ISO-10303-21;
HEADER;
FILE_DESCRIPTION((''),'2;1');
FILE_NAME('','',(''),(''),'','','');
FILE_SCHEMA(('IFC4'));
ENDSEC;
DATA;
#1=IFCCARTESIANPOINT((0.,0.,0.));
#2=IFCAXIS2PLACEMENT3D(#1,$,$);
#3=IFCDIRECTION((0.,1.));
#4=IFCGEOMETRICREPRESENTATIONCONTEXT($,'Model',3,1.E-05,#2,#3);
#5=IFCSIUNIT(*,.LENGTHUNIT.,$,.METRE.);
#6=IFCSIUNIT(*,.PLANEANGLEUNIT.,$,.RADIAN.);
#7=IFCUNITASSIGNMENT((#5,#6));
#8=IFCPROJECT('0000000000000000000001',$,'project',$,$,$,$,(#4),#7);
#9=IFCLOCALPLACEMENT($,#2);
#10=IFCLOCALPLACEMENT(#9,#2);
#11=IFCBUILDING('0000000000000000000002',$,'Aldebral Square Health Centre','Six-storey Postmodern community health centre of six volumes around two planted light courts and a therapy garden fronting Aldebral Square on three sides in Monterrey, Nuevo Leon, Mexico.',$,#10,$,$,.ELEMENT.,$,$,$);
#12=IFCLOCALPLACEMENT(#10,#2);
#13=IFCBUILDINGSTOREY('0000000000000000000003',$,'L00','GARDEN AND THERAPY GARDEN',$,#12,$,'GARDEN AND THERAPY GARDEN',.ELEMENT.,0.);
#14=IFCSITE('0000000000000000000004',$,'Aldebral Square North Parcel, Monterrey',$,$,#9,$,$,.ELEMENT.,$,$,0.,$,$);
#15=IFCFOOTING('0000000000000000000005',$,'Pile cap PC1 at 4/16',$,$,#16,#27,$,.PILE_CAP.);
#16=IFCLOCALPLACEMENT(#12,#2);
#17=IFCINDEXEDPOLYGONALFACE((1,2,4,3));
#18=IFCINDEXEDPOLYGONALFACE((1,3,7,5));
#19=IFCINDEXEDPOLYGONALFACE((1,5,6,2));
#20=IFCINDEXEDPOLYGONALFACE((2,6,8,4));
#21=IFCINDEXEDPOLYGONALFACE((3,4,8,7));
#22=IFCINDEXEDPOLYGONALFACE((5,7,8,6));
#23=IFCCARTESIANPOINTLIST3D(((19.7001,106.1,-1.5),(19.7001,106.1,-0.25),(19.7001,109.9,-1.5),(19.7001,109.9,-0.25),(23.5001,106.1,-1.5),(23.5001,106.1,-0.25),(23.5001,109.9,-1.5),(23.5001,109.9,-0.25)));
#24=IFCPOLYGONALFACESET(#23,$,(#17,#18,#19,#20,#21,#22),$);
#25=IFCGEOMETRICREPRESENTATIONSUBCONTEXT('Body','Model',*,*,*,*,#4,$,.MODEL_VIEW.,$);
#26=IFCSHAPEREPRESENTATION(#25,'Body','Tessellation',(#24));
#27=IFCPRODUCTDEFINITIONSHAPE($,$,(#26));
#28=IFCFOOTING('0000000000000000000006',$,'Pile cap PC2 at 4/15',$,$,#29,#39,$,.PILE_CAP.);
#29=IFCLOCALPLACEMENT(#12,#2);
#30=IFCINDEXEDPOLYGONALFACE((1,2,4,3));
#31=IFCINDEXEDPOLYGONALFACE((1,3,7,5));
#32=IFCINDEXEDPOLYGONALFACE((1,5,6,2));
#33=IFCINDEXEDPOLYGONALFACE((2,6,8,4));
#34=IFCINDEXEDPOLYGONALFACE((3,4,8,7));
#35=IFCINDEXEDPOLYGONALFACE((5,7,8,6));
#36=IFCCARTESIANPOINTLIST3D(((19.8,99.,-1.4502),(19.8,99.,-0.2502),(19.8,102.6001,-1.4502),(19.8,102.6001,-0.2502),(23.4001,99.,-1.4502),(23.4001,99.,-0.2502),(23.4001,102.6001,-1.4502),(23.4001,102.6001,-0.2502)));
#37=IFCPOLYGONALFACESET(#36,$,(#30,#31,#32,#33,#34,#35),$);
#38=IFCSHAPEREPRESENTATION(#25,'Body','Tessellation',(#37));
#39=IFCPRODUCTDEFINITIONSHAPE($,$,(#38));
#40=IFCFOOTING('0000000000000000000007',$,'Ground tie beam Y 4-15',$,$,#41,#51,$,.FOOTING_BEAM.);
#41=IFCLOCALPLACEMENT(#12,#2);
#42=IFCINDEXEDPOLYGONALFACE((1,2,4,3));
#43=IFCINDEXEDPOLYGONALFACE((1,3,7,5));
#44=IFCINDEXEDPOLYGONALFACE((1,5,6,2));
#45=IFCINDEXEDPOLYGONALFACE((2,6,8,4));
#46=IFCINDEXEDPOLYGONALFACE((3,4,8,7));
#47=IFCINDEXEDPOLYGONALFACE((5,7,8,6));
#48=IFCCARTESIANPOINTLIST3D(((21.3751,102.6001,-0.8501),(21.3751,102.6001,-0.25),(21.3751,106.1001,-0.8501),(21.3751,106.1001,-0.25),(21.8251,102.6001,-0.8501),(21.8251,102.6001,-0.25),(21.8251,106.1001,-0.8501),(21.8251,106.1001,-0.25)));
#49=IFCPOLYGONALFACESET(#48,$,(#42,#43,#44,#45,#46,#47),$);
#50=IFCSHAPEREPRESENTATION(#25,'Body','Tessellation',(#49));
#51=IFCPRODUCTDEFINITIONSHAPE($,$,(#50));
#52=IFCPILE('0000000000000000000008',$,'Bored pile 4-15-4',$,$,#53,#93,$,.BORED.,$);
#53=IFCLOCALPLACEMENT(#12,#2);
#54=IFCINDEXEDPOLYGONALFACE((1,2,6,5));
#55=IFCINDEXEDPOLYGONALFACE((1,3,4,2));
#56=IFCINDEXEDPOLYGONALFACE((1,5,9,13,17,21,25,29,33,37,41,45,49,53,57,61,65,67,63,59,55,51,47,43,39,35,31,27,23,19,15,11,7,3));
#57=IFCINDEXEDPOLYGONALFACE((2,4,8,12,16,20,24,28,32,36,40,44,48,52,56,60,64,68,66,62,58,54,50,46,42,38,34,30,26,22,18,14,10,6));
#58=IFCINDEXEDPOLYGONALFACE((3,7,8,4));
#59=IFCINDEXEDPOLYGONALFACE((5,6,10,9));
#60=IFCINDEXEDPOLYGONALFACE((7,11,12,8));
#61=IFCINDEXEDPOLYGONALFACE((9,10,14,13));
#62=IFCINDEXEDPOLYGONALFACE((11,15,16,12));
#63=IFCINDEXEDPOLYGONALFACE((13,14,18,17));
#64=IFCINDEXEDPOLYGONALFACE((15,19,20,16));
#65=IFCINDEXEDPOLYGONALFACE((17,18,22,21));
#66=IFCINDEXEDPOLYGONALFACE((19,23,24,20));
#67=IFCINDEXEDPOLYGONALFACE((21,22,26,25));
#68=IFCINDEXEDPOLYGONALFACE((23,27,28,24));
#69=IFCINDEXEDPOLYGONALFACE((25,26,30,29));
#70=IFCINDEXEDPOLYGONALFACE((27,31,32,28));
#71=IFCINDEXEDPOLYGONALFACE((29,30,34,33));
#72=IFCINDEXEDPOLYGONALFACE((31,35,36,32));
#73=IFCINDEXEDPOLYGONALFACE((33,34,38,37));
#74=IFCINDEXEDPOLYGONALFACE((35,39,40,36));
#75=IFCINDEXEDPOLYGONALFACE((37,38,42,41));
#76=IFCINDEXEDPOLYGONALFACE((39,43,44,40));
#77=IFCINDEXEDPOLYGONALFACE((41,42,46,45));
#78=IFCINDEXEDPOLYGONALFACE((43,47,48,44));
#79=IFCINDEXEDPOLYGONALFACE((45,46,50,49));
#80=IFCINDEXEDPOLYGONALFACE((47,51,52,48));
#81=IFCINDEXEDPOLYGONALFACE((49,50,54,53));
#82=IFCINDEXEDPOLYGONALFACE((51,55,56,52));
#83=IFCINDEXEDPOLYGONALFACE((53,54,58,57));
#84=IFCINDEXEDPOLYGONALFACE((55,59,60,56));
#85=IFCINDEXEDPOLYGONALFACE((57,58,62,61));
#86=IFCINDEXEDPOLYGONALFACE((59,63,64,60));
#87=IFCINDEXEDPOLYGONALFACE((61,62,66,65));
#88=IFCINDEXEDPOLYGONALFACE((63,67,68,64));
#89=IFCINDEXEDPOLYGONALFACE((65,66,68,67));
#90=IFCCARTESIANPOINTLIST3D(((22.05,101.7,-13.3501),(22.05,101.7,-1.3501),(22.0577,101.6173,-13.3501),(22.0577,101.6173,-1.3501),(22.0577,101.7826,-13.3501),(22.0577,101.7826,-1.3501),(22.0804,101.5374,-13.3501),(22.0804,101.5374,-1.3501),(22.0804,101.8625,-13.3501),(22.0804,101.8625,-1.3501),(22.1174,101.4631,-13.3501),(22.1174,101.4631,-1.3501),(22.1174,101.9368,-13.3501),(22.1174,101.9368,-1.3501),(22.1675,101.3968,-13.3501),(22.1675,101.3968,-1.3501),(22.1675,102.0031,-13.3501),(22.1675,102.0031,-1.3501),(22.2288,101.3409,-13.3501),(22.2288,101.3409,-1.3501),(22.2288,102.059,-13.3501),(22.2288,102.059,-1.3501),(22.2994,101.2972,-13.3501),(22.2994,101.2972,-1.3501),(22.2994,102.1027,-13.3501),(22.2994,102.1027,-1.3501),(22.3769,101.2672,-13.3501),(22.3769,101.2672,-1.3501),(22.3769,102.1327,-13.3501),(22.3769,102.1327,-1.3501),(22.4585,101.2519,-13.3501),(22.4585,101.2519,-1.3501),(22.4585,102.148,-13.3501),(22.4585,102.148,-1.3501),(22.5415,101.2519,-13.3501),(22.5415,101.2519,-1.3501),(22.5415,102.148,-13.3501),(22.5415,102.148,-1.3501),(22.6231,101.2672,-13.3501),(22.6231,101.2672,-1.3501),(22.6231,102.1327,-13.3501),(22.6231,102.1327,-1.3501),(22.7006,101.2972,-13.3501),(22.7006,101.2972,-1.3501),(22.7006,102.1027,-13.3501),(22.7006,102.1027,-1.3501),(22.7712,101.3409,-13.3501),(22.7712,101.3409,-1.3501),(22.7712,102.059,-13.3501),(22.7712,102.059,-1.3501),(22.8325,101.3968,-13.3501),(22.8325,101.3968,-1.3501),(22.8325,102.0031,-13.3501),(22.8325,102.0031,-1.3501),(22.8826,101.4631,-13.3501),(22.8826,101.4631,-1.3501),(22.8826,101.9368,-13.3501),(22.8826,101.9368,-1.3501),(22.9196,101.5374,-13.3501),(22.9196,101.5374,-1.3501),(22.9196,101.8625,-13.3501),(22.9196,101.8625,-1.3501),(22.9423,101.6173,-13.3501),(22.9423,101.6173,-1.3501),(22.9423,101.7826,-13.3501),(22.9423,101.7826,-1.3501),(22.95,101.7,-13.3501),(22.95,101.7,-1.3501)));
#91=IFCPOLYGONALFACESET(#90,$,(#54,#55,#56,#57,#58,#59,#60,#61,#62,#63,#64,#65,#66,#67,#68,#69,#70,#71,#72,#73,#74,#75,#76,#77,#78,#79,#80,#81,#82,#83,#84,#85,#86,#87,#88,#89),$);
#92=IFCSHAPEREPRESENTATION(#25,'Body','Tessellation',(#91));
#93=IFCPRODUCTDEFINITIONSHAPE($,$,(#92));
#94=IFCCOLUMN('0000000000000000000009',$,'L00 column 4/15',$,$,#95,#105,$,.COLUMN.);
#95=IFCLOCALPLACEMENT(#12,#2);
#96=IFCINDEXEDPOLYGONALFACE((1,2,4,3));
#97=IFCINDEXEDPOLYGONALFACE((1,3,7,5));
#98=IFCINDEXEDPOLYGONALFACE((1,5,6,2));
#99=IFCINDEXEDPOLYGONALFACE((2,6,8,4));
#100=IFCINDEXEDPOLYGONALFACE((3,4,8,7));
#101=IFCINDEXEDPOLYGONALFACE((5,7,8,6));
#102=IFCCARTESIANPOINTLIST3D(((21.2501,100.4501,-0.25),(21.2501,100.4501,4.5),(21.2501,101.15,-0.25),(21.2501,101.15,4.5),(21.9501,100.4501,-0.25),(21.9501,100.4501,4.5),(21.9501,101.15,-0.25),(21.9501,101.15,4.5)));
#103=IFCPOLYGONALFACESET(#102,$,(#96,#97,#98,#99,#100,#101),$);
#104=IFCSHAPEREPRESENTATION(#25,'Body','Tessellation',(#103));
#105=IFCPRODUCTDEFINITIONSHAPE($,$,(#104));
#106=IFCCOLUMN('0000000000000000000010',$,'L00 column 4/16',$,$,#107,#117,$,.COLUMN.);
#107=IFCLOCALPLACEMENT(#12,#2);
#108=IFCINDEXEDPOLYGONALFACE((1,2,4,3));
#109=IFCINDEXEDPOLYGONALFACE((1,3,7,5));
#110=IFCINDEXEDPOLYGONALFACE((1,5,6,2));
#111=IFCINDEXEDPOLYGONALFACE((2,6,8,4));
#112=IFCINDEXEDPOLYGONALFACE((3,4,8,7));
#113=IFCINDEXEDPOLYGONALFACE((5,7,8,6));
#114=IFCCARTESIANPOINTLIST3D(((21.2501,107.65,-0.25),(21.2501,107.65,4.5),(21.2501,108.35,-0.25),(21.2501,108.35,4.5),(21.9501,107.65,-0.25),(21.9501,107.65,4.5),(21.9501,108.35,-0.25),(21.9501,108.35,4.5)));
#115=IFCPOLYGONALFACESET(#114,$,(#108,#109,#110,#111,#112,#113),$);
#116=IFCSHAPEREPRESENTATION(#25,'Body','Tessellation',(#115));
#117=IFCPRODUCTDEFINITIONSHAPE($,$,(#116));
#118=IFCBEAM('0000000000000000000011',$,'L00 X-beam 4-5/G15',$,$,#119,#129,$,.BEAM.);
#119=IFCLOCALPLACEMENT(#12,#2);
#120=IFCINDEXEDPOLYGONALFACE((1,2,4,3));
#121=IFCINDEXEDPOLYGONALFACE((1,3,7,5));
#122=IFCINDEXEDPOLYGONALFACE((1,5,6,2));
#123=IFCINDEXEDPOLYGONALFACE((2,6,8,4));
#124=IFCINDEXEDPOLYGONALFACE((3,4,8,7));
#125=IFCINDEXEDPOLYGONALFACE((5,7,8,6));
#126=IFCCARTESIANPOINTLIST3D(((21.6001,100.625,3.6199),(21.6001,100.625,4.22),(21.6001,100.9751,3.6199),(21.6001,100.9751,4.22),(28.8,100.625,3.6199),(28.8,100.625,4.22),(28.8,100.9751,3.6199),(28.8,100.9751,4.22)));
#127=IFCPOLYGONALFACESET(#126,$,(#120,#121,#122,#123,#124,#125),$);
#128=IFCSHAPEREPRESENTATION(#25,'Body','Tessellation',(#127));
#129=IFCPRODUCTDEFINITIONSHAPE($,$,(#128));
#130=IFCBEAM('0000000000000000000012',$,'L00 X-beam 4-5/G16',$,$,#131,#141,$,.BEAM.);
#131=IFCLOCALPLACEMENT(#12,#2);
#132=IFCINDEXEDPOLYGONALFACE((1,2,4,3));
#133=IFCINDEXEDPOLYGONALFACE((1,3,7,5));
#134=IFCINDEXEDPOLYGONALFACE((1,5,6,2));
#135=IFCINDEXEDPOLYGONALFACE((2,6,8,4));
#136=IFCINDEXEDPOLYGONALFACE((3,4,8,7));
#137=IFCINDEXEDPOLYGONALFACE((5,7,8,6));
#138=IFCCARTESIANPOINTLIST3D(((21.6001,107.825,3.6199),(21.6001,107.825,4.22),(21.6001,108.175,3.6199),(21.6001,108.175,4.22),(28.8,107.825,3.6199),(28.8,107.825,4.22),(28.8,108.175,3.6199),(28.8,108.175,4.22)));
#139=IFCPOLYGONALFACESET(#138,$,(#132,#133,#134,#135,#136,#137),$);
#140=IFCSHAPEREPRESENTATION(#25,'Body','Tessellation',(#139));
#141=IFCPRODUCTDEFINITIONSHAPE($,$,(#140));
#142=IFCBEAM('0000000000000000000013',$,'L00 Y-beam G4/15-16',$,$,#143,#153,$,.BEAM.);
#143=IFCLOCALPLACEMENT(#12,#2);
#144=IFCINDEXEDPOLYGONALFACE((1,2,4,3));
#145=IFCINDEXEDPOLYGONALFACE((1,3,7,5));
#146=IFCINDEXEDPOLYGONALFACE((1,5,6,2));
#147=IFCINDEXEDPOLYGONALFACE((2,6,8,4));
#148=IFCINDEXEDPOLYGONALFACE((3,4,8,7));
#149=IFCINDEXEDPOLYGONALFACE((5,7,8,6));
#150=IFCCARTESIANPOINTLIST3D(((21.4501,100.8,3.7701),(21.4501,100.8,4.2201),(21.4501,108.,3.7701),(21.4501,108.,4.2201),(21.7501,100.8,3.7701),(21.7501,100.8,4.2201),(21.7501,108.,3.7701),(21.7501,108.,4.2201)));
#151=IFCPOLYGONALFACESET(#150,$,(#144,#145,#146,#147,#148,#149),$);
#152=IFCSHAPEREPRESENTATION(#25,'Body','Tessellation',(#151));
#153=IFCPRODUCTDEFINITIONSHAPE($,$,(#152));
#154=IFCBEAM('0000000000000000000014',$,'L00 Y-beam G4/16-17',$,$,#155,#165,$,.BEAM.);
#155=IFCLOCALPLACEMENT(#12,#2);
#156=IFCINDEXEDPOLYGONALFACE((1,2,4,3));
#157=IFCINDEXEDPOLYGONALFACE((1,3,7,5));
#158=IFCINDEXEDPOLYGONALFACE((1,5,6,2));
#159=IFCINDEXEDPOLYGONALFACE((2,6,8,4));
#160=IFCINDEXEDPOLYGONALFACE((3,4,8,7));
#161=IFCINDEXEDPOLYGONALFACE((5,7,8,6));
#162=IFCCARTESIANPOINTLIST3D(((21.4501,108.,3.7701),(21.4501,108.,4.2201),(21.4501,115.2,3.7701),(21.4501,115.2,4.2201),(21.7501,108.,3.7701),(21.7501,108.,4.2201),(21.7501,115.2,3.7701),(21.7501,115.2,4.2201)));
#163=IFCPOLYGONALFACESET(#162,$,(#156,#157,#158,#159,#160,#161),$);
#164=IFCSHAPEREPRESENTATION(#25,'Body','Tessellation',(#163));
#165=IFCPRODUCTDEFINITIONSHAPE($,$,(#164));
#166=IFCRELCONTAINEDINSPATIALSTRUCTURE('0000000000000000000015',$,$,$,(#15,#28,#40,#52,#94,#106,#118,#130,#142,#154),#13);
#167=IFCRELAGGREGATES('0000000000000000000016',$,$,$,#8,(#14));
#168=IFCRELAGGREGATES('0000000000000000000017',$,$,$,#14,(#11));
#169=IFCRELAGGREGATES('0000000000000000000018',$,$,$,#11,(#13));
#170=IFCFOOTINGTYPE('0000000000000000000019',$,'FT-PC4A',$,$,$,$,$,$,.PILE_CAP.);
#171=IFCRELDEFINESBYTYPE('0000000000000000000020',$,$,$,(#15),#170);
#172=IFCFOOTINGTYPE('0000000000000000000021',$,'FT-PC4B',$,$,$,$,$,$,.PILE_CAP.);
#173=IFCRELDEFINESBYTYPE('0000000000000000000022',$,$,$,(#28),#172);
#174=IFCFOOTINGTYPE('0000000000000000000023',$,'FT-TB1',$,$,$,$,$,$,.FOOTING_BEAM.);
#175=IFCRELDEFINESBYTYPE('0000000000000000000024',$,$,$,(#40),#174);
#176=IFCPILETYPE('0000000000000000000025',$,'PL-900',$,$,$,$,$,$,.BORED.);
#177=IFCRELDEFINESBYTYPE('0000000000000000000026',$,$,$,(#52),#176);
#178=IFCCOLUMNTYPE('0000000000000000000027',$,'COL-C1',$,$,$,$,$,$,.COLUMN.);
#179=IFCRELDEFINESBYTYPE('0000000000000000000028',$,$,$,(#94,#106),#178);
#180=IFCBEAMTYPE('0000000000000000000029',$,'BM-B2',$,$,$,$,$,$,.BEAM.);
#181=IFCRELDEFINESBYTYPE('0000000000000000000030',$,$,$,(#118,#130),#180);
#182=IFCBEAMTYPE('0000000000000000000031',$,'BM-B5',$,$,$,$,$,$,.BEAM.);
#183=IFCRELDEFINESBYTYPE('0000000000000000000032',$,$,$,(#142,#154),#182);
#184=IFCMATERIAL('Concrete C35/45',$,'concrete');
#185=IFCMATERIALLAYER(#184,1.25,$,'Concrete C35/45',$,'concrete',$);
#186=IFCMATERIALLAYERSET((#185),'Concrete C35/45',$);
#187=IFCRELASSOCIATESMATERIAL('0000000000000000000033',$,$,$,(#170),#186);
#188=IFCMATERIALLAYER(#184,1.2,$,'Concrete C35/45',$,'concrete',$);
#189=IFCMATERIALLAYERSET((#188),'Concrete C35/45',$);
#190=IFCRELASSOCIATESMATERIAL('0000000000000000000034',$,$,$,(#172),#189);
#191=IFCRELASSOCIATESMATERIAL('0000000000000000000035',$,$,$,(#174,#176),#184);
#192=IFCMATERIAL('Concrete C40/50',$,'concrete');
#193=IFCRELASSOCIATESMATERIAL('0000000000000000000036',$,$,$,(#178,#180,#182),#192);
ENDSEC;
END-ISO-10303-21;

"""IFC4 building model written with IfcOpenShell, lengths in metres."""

from ifc_helpers import new_model, si_unit, direction, frame, origin, origin_2d, place, context, subcontext, project, spatial, rectangle, circle, extrude, material, layer, layer_set, material_profile, profile_set, type_object, element, save


model = new_model("IFC4")

# Units and contexts
model_context = context("Model", 3, precision=1e-05, world=origin(), true_north=direction((0.0, 1.0)))
body_context = subcontext(model_context, "Body", "Model", "MODEL_VIEW")
ifc_project = project(units=[si_unit("LENGTHUNIT", "METRE"), si_unit("PLANEANGLEUNIT", "RADIAN")], contexts=[model_context])

# Site, building, storey
site_placement = place(None, origin())
site = spatial("IfcSite", under=ifc_project, at=site_placement, Name="Aldebral Square North Parcel, Monterrey", CompositionType="ELEMENT", RefElevation=0.0)
building_placement = place(site_placement, origin())
building = spatial("IfcBuilding", under=site, at=building_placement, Name="Aldebral Square Health Centre", Description="Six-storey Postmodern community health centre of six volumes around two planted light courts and a therapy garden fronting Aldebral Square on three sides in Monterrey, Nuevo Leon, Mexico.", CompositionType="ELEMENT")
storey_placement = place(building_placement, origin())
storey = spatial("IfcBuildingStorey", under=building, at=storey_placement, Name="L00", Description="GARDEN AND THERAPY GARDEN", LongName="GARDEN AND THERAPY GARDEN", CompositionType="ELEMENT", Elevation=0.0)

# Footings
ifc_material_1 = material(Name="Concrete C35/45", Category="concrete")
ifc_layer_1 = layer(ifc_material_1, 1.25, Name="Concrete C35/45", Category="concrete")
ifc_layer_set_1 = layer_set([ifc_layer_1], Name="Concrete C35/45")
footing_type_1 = type_object("IfcFootingType", Name="FT-PC4A", PredefinedType="PILE_CAP", material=ifc_layer_set_1)
footing_1_placement = place(storey_placement, frame((21.6001, 108.0, -1.5), z_axis=(0.0, 0.0, 1.0), x_axis=(1.0, 0.0, 0.0)))
element("IfcFooting", 1, at=footing_1_placement, inside=storey, type_object=footing_type_1, Name="Pile cap PC1 at 4/16", PredefinedType="PILE_CAP", context=body_context, shape_type="SweptSolid", body=[
    extrude(rectangle(XDim=3.8, YDim=3.8, at=origin_2d()), origin(), (0.0, 0.0, 1.0), 1.25),
])
ifc_layer_2 = layer(ifc_material_1, 1.2, Name="Concrete C35/45", Category="concrete")
ifc_layer_set_2 = layer_set([ifc_layer_2], Name="Concrete C35/45")
footing_type_2 = type_object("IfcFootingType", Name="FT-PC4B", PredefinedType="PILE_CAP", material=ifc_layer_set_2)
footing_2_placement = place(storey_placement, frame((21.6001, 100.8, -1.4502), z_axis=(0.0, 0.0, 1.0), x_axis=(1.0, 0.0, 0.0)))
element("IfcFooting", 2, at=footing_2_placement, inside=storey, type_object=footing_type_2, Name="Pile cap PC2 at 4/15", PredefinedType="PILE_CAP", context=body_context, shape_type="SweptSolid", body=[
    extrude(rectangle(XDim=3.6001, YDim=3.6001, at=origin_2d()), origin(), (0.0, 0.0, 1.0), 1.2),
])
ifc_material_profile_1 = material_profile(ifc_material_1, rectangle(XDim=0.45, YDim=0.6001, at=origin_2d()), Name="RC 450x600")
ifc_profile_set_1 = profile_set([ifc_material_profile_1], Name="Concrete C35/45")
footing_type_3 = type_object("IfcFootingType", Name="FT-TB1", PredefinedType="FOOTING_BEAM", material=ifc_profile_set_1)
footing_3_placement = place(storey_placement, frame((21.6001, 102.6001, -0.55), z_axis=(0.0, 1.0, 0.0), x_axis=(-1.0, 0.0, 0.0)))
element("IfcFooting", 3, at=footing_3_placement, inside=storey, type_object=footing_type_3, Name="Ground tie beam Y 4-15", PredefinedType="FOOTING_BEAM", context=body_context, shape_type="SweptSolid", body=[
    extrude(rectangle(XDim=0.45, YDim=0.6001, at=origin_2d()), origin(), (0.0, 0.0, 1.0), 3.5),
])

# Pile
ifc_material_profile_2 = material_profile(ifc_material_1, circle(Radius=0.45, at=origin_2d()), Name="PILE D900")
ifc_profile_set_2 = profile_set([ifc_material_profile_2], Name="Concrete C35/45")
pile_type = type_object("IfcPileType", Name="PL-900", PredefinedType="BORED", material=ifc_profile_set_2)
pile_placement = place(storey_placement, frame((22.5, 101.7, -1.3501), z_axis=(0.0, 0.0, -1.0), x_axis=(1.0, 0.0, 0.0)))
element("IfcPile", 4, at=pile_placement, inside=storey, type_object=pile_type, Name="Bored pile 4-15-4", PredefinedType="BORED", context=body_context, shape_type="SweptSolid", body=[
    extrude(circle(Radius=0.45, at=origin_2d()), origin(), (0.0, 0.0, 1.0), 12.0),
])

# Columns
ifc_material_2 = material(Name="Concrete C40/50", Category="concrete")
ifc_material_profile_3 = material_profile(ifc_material_2, rectangle(XDim=0.7, YDim=0.7, at=origin_2d()), Name="RC 700x700")
ifc_profile_set_3 = profile_set([ifc_material_profile_3], Name="Concrete C40/50")
column_type = type_object("IfcColumnType", Name="COL-C1", PredefinedType="COLUMN", material=ifc_profile_set_3)
for number, where, z_axis, x_axis, name in (
    (5, (21.6001, 100.8, -0.25), (0.0, 0.0, 1.0), (1.0, 0.0, 0.0), "L00 column 4/15"),
    (6, (21.6001, 108.0, -0.25), (0.0, 0.0, 1.0), (1.0, 0.0, 0.0), "L00 column 4/16"),
):
    element("IfcColumn", number, at=place(storey_placement, frame(where, z_axis=z_axis, x_axis=x_axis)), inside=storey, type_object=column_type, Name=name, PredefinedType="COLUMN", context=body_context, shape_type="SweptSolid", body=[
        extrude(rectangle(XDim=0.7, YDim=0.7, at=origin_2d()), origin(), (0.0, 0.0, 1.0), 4.75),
    ])

# Beams
ifc_material_profile_4 = material_profile(ifc_material_2, rectangle(XDim=0.3501, YDim=0.6001, at=origin_2d()), Name="RC 350x600")
ifc_profile_set_4 = profile_set([ifc_material_profile_4], Name="Concrete C40/50")
beam_type_1 = type_object("IfcBeamType", Name="BM-B2", PredefinedType="BEAM", material=ifc_profile_set_4)
for number, where, z_axis, x_axis, name in (
    (7, (21.6001, 100.8, 3.9199), (1.0, 0.0, 0.0), (0.0, 1.0, 0.0), "L00 X-beam 4-5/G15"),
    (8, (21.6001, 108.0, 3.9199), (1.0, 0.0, 0.0), (0.0, 1.0, 0.0), "L00 X-beam 4-5/G16"),
):
    element("IfcBeam", number, at=place(storey_placement, frame(where, z_axis=z_axis, x_axis=x_axis)), inside=storey, type_object=beam_type_1, Name=name, PredefinedType="BEAM", context=body_context, shape_type="SweptSolid", body=[
        extrude(rectangle(XDim=0.3501, YDim=0.6001, at=origin_2d()), origin(), (0.0, 0.0, 1.0), 7.2),
    ])
ifc_material_profile_5 = material_profile(ifc_material_2, rectangle(XDim=0.3, YDim=0.45, at=origin_2d()), Name="RC 300x450")
ifc_profile_set_5 = profile_set([ifc_material_profile_5], Name="Concrete C40/50")
beam_type_2 = type_object("IfcBeamType", Name="BM-B5", PredefinedType="BEAM", material=ifc_profile_set_5)
for number, where, z_axis, x_axis, name in (
    (9, (21.6001, 100.8, 3.9951), (0.0, 1.0, 0.0), (-1.0, 0.0, 0.0), "L00 Y-beam G4/15-16"),
    (10, (21.6001, 108.0, 3.9951), (0.0, 1.0, 0.0), (-1.0, 0.0, 0.0), "L00 Y-beam G4/16-17"),
):
    element("IfcBeam", number, at=place(storey_placement, frame(where, z_axis=z_axis, x_axis=x_axis)), inside=storey, type_object=beam_type_2, Name=name, PredefinedType="BEAM", context=body_context, shape_type="SweptSolid", body=[
        extrude(rectangle(XDim=0.3, YDim=0.45, at=origin_2d()), origin(), (0.0, 0.0, 1.0), 7.2),
    ])

save(model, "model.ifc")
